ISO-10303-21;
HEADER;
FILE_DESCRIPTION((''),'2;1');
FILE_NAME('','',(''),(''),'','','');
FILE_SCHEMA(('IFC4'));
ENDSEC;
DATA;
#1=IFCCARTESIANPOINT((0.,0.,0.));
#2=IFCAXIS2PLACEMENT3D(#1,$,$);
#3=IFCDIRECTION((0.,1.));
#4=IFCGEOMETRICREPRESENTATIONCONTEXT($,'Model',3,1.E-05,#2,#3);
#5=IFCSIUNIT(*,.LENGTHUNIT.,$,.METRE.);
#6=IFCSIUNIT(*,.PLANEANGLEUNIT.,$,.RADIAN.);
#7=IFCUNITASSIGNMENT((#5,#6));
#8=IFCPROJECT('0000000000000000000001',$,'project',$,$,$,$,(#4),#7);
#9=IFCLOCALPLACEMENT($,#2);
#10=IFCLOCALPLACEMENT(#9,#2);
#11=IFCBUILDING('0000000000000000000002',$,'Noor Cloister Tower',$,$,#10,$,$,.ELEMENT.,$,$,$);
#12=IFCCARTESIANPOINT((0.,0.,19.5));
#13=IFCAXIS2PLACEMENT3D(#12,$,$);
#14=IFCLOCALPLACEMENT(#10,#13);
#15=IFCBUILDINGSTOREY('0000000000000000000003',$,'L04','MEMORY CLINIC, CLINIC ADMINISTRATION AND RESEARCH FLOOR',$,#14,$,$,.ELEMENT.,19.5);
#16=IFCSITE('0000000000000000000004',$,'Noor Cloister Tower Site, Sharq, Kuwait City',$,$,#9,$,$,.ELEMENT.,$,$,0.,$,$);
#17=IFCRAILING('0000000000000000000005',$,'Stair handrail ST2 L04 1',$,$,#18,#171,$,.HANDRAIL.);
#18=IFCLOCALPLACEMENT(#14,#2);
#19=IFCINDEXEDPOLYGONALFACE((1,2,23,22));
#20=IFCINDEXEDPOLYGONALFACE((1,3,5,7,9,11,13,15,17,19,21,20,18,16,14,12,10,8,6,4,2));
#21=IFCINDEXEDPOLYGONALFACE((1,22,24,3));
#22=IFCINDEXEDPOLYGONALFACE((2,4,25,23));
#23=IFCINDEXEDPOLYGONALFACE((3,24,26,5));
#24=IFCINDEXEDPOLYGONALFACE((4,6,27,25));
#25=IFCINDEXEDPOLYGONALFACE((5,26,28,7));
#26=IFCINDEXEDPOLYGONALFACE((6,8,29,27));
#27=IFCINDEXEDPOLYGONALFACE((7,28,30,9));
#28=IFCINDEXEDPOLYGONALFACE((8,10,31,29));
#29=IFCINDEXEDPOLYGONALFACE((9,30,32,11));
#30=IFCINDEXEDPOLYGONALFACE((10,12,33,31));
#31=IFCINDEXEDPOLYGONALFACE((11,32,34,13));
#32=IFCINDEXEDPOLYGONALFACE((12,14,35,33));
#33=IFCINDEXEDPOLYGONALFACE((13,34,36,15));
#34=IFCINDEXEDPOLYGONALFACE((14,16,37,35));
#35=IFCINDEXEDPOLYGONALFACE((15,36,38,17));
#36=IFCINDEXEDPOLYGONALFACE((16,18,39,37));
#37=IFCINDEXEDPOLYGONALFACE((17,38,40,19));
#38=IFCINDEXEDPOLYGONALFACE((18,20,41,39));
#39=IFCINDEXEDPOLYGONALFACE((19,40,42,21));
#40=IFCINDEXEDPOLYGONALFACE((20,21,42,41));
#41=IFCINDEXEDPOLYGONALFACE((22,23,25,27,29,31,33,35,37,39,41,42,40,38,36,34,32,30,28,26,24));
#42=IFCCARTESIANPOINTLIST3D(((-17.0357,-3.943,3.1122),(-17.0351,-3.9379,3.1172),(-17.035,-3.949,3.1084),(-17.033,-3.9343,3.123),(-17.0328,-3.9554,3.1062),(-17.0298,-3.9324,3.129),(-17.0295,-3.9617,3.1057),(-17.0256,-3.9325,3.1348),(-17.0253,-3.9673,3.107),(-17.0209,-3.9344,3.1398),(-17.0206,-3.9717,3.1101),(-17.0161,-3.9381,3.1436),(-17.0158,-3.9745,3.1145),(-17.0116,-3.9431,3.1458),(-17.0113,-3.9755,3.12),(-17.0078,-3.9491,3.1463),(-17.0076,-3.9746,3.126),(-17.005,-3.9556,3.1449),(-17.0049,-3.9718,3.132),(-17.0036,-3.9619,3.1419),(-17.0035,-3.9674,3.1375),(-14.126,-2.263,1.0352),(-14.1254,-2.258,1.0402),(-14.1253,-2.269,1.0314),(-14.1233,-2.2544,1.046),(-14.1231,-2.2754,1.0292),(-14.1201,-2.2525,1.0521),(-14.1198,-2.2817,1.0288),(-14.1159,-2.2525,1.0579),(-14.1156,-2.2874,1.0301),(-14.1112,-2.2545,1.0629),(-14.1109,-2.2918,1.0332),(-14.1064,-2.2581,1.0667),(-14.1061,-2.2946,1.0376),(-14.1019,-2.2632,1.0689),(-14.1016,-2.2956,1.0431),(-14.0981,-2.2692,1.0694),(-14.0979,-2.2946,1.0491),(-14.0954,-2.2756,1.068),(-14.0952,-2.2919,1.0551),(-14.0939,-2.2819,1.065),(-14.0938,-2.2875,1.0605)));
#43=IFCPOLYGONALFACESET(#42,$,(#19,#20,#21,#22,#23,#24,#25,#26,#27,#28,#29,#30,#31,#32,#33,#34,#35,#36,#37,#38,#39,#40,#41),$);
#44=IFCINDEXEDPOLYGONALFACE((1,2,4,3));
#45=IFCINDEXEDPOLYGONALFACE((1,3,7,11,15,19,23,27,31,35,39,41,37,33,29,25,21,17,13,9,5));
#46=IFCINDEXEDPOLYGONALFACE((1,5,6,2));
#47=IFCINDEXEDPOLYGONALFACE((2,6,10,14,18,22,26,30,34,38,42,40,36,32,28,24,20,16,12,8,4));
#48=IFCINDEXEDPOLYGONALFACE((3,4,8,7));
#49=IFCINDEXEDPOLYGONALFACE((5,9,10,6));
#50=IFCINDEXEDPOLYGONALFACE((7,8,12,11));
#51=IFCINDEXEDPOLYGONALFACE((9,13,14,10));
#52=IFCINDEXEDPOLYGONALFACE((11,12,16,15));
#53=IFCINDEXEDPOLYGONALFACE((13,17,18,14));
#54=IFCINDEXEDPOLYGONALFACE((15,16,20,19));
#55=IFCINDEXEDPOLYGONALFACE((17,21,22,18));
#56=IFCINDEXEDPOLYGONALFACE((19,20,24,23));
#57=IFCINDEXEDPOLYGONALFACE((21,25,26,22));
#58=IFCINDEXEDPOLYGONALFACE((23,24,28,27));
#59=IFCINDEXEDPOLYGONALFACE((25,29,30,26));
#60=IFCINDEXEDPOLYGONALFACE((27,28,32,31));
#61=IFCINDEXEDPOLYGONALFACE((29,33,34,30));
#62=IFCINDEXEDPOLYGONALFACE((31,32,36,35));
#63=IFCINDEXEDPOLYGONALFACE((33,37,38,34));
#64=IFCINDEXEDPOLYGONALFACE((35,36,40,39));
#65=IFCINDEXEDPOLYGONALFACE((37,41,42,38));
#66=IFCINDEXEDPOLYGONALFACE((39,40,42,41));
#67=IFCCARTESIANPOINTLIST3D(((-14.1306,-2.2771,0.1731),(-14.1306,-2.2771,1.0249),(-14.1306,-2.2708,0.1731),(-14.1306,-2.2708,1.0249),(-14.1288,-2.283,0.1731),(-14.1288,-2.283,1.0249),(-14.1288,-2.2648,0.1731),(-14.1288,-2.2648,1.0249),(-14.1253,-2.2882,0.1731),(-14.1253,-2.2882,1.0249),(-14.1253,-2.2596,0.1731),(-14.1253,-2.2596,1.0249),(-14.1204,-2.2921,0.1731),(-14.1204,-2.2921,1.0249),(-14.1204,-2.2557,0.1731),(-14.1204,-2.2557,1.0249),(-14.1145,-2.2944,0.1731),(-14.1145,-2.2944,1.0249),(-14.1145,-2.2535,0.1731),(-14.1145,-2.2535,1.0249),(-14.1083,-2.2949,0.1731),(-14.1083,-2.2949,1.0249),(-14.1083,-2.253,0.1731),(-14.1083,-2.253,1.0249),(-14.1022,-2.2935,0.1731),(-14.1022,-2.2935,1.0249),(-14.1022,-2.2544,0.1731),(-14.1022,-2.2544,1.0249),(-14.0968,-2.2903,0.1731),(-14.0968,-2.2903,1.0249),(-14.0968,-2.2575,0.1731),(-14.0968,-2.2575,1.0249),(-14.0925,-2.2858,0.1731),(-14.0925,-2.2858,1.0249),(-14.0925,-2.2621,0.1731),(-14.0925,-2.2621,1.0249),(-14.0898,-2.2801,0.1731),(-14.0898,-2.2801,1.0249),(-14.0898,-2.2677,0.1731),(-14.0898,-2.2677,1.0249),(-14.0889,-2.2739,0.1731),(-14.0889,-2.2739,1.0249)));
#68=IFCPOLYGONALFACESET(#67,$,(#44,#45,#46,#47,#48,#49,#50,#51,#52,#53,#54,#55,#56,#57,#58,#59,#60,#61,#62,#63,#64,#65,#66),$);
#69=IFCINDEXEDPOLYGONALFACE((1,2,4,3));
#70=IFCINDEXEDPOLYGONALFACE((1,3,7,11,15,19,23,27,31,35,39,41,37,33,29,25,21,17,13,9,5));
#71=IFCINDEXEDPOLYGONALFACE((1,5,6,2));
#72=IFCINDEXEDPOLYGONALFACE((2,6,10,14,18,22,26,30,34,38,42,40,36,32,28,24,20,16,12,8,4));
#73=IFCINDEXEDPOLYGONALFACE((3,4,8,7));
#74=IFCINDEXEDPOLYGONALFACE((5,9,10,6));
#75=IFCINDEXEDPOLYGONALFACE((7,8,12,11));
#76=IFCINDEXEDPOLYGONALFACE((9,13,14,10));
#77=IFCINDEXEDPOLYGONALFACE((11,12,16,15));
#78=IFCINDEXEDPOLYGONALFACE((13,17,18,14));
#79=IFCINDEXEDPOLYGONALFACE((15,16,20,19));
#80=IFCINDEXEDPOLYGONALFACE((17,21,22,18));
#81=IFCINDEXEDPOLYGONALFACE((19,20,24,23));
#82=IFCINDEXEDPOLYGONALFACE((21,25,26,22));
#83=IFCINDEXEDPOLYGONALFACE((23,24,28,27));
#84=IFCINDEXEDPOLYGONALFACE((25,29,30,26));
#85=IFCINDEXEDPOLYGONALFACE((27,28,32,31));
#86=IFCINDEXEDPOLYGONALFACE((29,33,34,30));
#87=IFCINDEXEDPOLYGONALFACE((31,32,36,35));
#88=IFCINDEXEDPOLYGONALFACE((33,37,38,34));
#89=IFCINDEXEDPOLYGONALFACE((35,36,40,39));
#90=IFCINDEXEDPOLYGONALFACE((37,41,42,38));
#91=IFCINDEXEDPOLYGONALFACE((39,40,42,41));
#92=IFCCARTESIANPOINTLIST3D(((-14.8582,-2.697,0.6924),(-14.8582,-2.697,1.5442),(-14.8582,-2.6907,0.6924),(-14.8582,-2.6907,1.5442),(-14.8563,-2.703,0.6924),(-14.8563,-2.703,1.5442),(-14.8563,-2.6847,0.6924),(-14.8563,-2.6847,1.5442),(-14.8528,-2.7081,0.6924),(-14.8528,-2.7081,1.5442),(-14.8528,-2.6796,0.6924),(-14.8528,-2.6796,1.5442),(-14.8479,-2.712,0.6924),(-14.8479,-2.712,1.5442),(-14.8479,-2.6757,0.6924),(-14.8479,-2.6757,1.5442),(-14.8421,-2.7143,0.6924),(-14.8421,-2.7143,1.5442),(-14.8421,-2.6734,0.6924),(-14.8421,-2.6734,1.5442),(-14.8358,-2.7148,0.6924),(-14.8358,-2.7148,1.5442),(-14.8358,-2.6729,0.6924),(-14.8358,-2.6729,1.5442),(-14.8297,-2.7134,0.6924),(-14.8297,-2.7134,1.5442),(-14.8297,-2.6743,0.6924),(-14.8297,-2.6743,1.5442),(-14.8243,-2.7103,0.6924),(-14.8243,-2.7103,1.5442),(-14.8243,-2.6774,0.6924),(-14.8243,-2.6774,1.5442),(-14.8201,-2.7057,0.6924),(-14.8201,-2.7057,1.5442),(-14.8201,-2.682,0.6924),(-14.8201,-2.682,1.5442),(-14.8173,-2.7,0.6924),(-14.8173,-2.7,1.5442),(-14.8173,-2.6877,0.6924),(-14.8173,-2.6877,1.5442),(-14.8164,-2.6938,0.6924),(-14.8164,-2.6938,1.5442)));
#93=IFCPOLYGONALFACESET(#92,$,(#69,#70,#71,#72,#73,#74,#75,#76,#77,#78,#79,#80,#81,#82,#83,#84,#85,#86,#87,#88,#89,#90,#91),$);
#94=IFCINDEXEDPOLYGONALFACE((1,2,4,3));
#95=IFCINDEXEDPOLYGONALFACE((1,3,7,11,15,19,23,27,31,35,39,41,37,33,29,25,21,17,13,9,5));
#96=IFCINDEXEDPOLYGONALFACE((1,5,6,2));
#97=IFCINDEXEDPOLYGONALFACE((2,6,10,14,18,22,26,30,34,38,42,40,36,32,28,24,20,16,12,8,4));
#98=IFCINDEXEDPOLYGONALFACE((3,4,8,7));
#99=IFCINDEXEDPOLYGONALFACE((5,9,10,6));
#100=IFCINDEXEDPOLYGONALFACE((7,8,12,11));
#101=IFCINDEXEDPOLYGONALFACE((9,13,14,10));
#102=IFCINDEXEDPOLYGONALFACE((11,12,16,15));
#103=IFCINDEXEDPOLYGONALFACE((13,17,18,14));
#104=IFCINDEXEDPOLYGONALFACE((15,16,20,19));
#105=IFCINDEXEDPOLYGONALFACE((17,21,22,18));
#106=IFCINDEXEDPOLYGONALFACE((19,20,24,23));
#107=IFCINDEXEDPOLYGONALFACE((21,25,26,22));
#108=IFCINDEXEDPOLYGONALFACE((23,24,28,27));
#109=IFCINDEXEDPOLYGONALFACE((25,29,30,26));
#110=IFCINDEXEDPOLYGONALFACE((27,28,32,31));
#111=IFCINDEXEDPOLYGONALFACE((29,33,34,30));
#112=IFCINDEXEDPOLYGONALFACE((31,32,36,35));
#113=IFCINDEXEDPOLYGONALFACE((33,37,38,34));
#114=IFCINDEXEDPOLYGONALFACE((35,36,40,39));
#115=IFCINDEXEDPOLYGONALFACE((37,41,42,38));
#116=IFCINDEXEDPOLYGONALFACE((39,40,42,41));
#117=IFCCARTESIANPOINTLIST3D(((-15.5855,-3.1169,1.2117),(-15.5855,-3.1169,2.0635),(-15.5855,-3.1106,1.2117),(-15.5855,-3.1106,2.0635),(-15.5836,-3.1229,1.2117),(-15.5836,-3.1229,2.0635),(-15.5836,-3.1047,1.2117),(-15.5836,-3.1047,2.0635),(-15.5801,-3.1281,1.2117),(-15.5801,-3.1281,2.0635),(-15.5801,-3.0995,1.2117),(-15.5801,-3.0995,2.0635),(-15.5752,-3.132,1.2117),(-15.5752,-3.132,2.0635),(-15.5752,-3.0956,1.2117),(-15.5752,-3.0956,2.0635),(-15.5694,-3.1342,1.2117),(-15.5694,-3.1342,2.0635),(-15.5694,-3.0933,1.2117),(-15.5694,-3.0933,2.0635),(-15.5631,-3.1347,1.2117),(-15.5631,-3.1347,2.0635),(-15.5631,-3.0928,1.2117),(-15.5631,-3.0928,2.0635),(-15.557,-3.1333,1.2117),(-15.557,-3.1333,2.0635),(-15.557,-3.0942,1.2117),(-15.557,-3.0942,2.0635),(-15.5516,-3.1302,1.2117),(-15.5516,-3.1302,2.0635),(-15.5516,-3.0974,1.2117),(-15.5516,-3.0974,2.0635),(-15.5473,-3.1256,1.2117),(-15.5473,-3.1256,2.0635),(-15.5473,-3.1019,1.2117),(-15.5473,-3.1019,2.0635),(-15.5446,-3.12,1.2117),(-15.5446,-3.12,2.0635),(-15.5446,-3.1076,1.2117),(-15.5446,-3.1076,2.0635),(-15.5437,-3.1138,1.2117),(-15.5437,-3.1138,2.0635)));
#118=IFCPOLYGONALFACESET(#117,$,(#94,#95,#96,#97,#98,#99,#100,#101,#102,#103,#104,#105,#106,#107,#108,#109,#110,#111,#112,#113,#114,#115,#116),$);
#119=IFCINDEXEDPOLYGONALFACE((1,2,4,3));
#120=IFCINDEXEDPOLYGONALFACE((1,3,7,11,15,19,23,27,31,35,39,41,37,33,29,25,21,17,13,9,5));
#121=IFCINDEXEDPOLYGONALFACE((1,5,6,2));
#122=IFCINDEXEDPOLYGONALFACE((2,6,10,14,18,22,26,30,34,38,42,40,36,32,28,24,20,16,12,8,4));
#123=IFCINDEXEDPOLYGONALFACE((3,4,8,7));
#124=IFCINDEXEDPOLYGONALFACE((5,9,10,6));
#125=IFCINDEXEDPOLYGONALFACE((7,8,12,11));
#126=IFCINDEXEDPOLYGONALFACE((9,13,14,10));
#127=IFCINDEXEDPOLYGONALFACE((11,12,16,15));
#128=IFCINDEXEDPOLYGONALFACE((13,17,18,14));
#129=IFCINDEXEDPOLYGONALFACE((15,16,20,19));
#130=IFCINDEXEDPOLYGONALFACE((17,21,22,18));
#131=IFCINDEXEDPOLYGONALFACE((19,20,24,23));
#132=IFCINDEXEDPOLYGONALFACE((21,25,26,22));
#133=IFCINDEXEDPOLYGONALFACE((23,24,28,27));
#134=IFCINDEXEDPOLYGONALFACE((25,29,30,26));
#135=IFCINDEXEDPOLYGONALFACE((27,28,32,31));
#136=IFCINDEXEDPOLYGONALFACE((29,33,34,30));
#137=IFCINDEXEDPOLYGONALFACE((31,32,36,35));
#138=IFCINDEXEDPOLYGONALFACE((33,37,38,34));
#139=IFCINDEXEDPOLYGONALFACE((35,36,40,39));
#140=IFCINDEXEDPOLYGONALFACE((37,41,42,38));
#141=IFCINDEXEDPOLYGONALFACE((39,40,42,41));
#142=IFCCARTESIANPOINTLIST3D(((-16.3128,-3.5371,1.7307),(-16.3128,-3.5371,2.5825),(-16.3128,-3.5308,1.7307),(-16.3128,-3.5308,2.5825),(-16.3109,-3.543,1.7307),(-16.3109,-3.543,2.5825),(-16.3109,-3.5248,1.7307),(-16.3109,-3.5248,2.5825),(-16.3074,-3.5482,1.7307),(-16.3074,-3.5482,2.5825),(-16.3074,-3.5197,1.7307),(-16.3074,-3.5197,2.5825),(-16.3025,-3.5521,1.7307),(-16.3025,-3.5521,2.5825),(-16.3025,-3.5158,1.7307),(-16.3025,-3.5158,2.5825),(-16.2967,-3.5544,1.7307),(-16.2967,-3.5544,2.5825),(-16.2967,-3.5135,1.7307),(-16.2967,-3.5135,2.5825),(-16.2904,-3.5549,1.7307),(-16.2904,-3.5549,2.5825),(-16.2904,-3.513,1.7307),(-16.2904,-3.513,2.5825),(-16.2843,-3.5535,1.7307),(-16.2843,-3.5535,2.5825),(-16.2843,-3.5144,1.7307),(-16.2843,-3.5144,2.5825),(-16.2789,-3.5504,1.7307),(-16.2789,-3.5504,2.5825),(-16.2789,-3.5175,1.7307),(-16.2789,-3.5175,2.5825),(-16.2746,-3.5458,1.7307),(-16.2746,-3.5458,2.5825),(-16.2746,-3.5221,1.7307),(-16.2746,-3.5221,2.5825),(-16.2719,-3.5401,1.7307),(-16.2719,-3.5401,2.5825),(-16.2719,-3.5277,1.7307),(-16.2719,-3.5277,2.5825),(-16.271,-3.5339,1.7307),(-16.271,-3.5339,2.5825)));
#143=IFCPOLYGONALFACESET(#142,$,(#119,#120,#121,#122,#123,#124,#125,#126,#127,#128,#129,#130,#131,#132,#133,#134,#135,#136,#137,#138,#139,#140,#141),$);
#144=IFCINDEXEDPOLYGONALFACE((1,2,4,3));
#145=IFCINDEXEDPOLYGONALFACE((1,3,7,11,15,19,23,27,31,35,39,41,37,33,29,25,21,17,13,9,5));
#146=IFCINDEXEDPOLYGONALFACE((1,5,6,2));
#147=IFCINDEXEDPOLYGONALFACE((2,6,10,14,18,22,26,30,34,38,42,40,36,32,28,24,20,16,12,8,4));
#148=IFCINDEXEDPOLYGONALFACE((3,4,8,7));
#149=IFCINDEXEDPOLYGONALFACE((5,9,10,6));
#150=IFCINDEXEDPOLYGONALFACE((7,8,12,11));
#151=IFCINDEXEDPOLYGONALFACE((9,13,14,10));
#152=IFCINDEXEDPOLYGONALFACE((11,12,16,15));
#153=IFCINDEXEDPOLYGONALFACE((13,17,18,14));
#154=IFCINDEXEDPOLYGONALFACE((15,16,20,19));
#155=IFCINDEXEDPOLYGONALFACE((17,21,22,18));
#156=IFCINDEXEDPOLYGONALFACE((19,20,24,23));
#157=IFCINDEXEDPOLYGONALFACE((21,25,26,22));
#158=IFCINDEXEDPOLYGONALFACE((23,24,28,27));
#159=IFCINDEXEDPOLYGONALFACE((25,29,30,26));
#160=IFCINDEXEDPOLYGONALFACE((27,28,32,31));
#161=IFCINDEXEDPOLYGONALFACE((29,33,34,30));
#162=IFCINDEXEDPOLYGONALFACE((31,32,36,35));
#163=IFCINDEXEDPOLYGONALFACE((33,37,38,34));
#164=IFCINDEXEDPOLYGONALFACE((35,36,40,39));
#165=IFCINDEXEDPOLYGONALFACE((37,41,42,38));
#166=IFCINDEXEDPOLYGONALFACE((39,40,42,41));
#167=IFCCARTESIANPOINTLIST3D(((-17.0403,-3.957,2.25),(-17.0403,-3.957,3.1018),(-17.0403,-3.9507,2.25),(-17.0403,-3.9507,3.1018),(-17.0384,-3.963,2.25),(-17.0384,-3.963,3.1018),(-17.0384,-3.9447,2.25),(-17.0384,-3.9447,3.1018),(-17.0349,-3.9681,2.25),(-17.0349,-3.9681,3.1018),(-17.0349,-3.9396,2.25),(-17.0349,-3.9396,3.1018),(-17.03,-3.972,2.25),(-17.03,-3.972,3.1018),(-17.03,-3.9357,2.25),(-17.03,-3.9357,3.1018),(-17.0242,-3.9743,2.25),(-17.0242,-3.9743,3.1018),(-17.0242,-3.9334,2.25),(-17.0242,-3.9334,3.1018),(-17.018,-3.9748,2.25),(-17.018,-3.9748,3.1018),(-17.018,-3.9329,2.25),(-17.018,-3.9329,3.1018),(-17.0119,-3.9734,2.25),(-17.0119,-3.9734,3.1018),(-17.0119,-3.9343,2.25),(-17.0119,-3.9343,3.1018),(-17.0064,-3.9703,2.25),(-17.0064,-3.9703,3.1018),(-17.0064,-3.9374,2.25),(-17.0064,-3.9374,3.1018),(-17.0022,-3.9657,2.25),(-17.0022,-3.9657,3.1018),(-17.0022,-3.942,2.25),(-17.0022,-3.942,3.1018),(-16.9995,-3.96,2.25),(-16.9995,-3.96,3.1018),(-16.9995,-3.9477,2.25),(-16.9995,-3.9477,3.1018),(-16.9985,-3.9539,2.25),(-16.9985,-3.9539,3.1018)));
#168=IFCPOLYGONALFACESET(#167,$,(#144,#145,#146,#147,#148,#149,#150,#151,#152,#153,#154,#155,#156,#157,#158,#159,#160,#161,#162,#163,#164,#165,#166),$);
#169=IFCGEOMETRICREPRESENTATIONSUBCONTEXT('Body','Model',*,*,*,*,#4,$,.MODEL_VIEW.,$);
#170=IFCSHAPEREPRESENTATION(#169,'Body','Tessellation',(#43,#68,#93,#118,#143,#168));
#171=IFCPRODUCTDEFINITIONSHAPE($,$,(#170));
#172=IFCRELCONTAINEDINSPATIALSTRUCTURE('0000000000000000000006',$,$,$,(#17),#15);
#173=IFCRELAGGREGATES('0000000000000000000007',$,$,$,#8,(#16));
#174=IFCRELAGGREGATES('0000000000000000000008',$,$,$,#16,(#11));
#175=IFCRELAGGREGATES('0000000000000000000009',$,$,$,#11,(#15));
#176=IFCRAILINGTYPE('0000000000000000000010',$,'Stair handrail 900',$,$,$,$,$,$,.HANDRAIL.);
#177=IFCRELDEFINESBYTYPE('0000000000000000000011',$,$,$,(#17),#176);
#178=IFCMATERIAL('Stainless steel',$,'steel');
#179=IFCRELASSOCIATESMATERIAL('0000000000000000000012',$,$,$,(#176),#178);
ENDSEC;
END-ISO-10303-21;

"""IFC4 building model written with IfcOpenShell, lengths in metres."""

from ifc_helpers import new_model, si_unit, direction, frame, origin, origin_2d, place, context, subcontext, project, spatial, circle, extrude, material, type_object, element, save


model = new_model("IFC4")

# Units and contexts
model_context = context("Model", 3, precision=1e-05, world=origin(), true_north=direction((0.0, 1.0)))
body_context = subcontext(model_context, "Body", "Model", "MODEL_VIEW")
ifc_project = project(units=[si_unit("LENGTHUNIT", "METRE"), si_unit("PLANEANGLEUNIT", "RADIAN")], contexts=[model_context])

# Site, building, storey
site_placement = place(None, origin())
site = spatial("IfcSite", under=ifc_project, at=site_placement, Name="Noor Cloister Tower Site, Sharq, Kuwait City", CompositionType="ELEMENT", RefElevation=0.0)
building_placement = place(site_placement, origin())
building = spatial("IfcBuilding", under=site, at=building_placement, Name="Noor Cloister Tower", CompositionType="ELEMENT")
storey_placement = place(building_placement, frame((0.0, 0.0, 19.5)))
storey = spatial("IfcBuildingStorey", under=building, at=storey_placement, Name="L04", Description="MEMORY CLINIC, CLINIC ADMINISTRATION AND RESEARCH FLOOR", CompositionType="ELEMENT", Elevation=19.5)

# Railing
ifc_material_1 = material(Name="Stainless steel", Category="steel")
railing_type = type_object("IfcRailingType", Name="Stair handrail 900", PredefinedType="HANDRAIL", material=ifc_material_1)
railing_1_placement = place(storey_placement, frame((-14.1099, -2.2739, 0.1731)))
element("IfcRailing", 1, at=railing_1_placement, inside=storey, type_object=railing_type, Name="Stair handrail ST2 L04 1", PredefinedType="HANDRAIL", context=body_context, shape_type="SweptSolid", body=[
    extrude(circle(Radius=0.0239, at=origin_2d()), frame((0.0, 0.0, 0.876), z_axis=(-0.73664, -0.425308, 0.525809), x_axis=(0.500008, -0.866021, 0.0)), (0.0, 0.0, 1.0), 3.95),
    extrude(circle(Radius=0.021, at=origin_2d()), origin(), (0.0, 0.0, 1.0), 0.8518),
    extrude(circle(Radius=0.021, at=origin_2d()), frame((-0.7275, -0.4199, 0.5193)), (0.0, 0.0, 1.0), 0.8518),
    extrude(circle(Radius=0.021, at=origin_2d()), frame((-1.4548, -0.8398, 1.0386)), (0.0, 0.0, 1.0), 0.8518),
    extrude(circle(Radius=0.021, at=origin_2d()), frame((-2.1821, -1.26, 1.5576)), (0.0, 0.0, 1.0), 0.8518),
    extrude(circle(Radius=0.021, at=origin_2d()), frame((-2.9097, -1.6799, 2.0769)), (0.0, 0.0, 1.0), 0.8518),
])

save(model, "model.ifc")
